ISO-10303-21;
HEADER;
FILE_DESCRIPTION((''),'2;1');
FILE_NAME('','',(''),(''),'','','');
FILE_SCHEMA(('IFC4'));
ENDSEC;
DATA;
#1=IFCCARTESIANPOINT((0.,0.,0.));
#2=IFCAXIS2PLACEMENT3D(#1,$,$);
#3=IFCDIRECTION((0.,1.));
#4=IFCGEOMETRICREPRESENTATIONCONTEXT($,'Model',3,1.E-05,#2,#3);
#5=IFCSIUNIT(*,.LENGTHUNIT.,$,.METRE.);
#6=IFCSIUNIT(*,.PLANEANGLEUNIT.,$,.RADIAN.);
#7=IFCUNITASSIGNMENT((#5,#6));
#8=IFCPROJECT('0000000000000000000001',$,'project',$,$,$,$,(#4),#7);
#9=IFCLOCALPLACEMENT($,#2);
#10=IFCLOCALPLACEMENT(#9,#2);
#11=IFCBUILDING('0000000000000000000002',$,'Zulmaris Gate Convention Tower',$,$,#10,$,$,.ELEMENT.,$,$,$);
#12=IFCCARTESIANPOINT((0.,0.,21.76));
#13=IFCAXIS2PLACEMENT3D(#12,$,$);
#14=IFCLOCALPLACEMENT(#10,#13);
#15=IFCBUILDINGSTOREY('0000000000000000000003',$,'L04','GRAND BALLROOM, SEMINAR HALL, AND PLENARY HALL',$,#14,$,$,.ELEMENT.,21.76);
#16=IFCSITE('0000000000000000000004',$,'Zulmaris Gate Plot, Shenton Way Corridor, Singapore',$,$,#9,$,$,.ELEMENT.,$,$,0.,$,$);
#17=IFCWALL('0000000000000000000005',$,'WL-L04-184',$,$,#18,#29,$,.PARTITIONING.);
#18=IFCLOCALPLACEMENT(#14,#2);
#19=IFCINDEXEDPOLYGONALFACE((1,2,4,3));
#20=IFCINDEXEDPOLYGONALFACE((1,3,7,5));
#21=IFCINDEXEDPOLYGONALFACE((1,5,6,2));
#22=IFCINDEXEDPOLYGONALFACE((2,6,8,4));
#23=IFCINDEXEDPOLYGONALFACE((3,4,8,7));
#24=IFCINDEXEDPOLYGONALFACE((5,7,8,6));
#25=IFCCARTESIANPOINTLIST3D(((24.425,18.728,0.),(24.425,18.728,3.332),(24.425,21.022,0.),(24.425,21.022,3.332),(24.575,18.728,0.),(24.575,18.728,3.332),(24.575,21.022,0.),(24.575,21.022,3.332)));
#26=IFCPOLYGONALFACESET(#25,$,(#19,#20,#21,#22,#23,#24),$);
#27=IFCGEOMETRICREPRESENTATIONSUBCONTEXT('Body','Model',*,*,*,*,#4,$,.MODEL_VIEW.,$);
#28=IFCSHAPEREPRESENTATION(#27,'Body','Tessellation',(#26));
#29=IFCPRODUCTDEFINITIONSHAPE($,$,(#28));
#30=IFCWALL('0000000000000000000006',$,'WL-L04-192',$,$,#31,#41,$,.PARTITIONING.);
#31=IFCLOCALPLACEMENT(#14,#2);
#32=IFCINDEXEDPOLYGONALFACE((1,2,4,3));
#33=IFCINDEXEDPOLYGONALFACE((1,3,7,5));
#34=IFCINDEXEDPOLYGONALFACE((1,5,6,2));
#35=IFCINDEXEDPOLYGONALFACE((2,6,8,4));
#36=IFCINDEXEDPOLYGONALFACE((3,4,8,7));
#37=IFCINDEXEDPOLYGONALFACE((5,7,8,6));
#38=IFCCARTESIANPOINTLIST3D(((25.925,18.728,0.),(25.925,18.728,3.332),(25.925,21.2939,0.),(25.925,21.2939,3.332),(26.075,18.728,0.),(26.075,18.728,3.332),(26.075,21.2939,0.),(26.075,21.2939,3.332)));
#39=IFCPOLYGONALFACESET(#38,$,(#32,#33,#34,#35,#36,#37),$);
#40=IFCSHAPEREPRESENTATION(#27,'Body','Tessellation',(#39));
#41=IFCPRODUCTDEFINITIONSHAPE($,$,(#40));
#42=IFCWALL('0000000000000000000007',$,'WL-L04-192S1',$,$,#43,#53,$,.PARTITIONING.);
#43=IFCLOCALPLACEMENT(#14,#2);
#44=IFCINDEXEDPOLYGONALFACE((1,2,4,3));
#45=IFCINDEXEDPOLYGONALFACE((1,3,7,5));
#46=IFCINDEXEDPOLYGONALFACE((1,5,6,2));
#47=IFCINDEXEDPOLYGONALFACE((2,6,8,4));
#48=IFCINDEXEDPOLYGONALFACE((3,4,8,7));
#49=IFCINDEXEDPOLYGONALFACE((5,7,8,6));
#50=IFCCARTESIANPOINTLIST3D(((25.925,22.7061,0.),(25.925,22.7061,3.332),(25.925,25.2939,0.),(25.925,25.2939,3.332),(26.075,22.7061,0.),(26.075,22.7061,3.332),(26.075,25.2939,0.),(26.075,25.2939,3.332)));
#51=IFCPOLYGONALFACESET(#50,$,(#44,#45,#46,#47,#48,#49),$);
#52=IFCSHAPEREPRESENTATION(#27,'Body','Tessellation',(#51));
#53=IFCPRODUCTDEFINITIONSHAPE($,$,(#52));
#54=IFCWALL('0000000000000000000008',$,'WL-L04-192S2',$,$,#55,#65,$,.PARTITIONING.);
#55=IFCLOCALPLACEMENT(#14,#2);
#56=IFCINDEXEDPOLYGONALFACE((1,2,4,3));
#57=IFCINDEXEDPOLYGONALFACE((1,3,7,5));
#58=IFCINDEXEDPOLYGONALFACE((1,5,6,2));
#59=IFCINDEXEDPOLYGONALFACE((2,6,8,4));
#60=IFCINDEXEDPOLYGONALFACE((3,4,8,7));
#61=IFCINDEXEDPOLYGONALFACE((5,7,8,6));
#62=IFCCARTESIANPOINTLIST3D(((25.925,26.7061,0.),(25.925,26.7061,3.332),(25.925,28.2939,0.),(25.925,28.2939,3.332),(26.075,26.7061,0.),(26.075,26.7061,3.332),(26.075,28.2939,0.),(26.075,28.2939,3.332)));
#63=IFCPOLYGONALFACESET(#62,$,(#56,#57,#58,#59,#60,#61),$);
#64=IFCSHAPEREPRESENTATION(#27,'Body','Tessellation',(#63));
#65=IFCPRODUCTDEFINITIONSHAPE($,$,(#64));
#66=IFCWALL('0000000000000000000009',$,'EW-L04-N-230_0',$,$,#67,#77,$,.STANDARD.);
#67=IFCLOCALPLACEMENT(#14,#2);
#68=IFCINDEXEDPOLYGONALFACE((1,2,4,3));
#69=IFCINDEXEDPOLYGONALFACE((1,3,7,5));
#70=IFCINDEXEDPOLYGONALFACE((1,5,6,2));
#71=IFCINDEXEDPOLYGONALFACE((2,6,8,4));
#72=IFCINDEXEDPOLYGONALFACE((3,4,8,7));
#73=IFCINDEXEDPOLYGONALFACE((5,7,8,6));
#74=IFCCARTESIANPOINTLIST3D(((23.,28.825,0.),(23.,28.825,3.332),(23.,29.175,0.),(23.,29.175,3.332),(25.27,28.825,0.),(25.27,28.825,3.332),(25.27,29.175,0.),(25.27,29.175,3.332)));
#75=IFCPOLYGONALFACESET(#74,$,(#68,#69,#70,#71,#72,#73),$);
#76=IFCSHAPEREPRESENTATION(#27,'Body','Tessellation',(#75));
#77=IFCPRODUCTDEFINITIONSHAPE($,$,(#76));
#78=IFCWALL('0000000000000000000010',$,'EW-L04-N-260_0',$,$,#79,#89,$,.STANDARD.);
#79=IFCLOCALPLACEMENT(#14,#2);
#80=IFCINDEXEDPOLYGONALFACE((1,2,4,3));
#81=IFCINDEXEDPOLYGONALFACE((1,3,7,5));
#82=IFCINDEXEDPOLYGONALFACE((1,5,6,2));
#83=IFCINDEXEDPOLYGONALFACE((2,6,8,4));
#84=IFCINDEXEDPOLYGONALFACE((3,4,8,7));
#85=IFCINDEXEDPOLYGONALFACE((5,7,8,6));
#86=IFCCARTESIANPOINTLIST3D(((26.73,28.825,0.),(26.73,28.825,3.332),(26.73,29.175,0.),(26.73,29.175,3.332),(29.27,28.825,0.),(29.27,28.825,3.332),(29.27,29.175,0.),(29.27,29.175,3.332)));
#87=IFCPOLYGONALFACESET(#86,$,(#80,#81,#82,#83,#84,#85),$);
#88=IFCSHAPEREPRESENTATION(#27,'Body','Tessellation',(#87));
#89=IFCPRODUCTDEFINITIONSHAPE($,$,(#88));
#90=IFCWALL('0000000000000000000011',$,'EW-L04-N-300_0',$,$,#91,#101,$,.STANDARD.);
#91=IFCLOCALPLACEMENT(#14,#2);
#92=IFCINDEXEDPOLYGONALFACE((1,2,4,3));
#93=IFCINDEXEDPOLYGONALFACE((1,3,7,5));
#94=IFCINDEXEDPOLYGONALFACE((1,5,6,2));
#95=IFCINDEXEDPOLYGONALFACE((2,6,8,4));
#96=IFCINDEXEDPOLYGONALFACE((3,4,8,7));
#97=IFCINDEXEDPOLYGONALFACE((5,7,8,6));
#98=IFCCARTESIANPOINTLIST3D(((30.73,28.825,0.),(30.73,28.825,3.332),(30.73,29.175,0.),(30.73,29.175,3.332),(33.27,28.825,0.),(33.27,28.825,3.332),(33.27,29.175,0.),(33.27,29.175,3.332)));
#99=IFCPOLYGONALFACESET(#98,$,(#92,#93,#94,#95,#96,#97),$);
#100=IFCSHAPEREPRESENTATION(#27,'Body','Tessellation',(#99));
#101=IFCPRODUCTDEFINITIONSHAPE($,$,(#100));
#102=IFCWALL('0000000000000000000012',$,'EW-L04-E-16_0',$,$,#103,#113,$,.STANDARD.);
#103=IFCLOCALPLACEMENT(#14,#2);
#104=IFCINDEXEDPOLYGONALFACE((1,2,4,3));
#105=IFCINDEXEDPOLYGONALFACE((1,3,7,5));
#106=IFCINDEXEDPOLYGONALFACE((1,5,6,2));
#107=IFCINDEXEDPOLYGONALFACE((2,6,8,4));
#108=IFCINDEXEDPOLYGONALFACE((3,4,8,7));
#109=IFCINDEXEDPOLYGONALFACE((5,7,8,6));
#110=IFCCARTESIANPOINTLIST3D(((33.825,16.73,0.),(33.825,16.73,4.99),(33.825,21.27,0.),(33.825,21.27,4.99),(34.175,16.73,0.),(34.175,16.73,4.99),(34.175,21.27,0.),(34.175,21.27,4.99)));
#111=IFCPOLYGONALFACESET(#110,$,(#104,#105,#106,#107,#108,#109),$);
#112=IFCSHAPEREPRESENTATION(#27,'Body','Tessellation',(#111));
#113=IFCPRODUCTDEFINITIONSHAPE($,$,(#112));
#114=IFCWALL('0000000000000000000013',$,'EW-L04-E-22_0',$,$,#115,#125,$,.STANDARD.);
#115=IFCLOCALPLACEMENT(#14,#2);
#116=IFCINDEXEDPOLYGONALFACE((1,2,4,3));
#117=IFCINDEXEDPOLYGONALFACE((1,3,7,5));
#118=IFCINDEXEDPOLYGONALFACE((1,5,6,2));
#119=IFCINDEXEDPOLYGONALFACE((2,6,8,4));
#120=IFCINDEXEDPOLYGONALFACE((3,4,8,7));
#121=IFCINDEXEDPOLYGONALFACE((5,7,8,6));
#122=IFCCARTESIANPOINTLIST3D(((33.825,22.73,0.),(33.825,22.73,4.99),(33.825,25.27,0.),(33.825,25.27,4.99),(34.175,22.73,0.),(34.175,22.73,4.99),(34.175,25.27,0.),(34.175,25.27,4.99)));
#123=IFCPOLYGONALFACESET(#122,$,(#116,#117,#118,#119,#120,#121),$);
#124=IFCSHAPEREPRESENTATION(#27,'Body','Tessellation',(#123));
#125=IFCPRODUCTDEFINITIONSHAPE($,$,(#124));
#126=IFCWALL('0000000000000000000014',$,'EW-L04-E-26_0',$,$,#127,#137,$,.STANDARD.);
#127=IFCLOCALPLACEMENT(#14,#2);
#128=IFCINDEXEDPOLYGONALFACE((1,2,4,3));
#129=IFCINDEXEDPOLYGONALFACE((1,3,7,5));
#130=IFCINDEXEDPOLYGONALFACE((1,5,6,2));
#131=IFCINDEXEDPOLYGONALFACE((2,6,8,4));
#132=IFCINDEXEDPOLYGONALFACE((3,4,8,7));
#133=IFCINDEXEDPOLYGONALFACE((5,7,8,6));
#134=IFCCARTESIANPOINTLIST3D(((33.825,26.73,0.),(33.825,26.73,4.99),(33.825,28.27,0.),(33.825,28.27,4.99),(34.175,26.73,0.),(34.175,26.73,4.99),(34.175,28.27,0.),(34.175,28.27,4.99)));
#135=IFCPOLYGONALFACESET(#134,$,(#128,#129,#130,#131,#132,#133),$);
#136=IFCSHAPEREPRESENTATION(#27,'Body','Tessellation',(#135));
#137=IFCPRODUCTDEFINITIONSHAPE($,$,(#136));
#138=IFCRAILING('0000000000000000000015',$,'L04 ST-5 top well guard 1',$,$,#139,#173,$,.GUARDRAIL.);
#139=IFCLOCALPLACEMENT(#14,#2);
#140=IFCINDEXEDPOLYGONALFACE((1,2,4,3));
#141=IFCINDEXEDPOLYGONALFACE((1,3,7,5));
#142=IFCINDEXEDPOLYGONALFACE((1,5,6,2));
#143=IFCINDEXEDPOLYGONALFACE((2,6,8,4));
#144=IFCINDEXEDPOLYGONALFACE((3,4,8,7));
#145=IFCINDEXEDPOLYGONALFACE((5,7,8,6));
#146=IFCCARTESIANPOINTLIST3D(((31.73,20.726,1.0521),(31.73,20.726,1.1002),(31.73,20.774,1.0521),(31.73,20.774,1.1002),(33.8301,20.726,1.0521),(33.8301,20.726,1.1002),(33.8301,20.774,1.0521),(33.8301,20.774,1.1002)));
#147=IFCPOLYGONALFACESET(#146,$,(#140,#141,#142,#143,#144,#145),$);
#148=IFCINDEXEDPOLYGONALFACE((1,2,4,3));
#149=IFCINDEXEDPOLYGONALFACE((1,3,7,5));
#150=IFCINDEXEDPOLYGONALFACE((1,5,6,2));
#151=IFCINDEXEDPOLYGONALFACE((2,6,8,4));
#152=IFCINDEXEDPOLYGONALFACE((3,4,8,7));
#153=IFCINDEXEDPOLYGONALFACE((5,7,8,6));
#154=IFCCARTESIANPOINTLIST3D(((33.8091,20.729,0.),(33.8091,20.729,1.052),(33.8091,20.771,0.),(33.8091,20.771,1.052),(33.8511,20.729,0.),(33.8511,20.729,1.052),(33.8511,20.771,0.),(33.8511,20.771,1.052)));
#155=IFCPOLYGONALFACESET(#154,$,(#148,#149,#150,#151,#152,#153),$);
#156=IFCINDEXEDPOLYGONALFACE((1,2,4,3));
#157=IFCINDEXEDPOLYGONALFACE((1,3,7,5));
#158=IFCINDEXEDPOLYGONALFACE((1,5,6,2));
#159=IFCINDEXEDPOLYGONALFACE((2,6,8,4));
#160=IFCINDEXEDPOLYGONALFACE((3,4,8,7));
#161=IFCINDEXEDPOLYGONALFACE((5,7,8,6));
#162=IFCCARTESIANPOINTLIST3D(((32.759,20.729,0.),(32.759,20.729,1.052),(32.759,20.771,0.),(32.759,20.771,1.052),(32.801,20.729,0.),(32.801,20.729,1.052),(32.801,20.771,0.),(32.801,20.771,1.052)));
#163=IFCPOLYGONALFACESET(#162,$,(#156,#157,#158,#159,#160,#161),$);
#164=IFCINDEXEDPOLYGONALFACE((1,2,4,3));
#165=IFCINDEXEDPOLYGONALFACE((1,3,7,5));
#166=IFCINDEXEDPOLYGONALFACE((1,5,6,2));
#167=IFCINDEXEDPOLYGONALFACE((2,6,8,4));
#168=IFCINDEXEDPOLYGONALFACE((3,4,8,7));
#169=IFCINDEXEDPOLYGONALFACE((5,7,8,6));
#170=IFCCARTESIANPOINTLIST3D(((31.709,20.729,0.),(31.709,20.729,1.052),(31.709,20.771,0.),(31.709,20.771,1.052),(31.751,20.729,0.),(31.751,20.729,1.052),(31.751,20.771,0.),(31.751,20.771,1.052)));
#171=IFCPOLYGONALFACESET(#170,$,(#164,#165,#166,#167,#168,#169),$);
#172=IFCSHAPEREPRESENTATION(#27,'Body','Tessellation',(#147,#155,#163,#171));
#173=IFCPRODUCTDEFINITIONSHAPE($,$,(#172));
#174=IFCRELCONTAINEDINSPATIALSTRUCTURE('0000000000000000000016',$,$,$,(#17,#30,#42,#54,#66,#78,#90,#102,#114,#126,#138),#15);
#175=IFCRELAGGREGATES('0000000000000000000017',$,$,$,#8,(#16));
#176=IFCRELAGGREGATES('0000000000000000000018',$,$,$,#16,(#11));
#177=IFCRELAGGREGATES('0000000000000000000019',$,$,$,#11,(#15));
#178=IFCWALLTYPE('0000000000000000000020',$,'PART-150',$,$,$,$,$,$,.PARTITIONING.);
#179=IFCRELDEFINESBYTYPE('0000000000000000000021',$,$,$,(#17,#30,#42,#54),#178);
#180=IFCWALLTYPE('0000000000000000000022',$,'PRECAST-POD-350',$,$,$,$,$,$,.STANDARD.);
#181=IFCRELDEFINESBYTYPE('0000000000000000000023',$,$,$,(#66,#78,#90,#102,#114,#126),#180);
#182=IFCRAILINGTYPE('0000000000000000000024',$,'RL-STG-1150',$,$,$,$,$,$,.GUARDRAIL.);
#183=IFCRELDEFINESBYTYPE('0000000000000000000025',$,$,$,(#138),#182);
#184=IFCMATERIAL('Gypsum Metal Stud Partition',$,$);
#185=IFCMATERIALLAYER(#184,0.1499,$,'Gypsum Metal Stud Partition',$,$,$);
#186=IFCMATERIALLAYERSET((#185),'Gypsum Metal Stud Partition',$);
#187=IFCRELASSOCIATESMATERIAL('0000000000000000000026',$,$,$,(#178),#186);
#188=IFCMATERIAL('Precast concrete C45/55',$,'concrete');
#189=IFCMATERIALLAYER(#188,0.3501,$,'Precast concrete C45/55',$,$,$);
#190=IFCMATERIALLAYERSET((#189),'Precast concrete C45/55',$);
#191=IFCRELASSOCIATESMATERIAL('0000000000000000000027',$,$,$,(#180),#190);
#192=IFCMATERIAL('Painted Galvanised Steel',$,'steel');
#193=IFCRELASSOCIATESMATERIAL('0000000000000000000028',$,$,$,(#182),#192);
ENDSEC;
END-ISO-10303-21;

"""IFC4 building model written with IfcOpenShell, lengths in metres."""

from ifc_helpers import new_model, si_unit, direction, frame, frame_2d, origin, origin_2d, place, context, subcontext, project, spatial, rectangle, extrude, material, layer, layer_set, type_object, element, save


model = new_model("IFC4")

# Units and contexts
model_context = context("Model", 3, precision=1e-05, world=origin(), true_north=direction((0.0, 1.0)))
body_context = subcontext(model_context, "Body", "Model", "MODEL_VIEW")
ifc_project = project(units=[si_unit("LENGTHUNIT", "METRE"), si_unit("PLANEANGLEUNIT", "RADIAN")], contexts=[model_context])

# Site, building, storey
site_placement = place(None, origin())
site = spatial("IfcSite", under=ifc_project, at=site_placement, Name="Zulmaris Gate Plot, Shenton Way Corridor, Singapore", CompositionType="ELEMENT", RefElevation=0.0)
building_placement = place(site_placement, origin())
building = spatial("IfcBuilding", under=site, at=building_placement, Name="Zulmaris Gate Convention Tower", CompositionType="ELEMENT")
storey_placement = place(building_placement, frame((0.0, 0.0, 21.76)))
storey = spatial("IfcBuildingStorey", under=building, at=storey_placement, Name="L04", Description="GRAND BALLROOM, SEMINAR HALL, AND PLENARY HALL", CompositionType="ELEMENT", Elevation=21.76)

# Walls
ifc_material_1 = material(Name="Gypsum Metal Stud Partition")
ifc_layer_1 = layer(ifc_material_1, 0.1499, Name="Gypsum Metal Stud Partition")
ifc_layer_set_1 = layer_set([ifc_layer_1], Name="Gypsum Metal Stud Partition")
wall_type_1 = type_object("IfcWallType", Name="PART-150", PredefinedType="PARTITIONING", material=ifc_layer_set_1)
wall_1_placement = place(storey_placement, frame((24.5, 18.728, 0.0), z_axis=(0.0, 0.0, 1.0), x_axis=(0.0, 1.0, 0.0)))
element("IfcWall", 1, at=wall_1_placement, inside=storey, type_object=wall_type_1, Name="WL-L04-184", PredefinedType="PARTITIONING", context=body_context, shape_type="SweptSolid", body=[
    extrude(rectangle(XDim=2.2939, YDim=0.1499, at=frame_2d((1.147, 0.0))), origin(), (0.0, 0.0, 1.0), 3.332),
])
wall_2_placement = place(storey_placement, frame((26.0, 18.728, 0.0), z_axis=(0.0, 0.0, 1.0), x_axis=(0.0, 1.0, 0.0)))
element("IfcWall", 2, at=wall_2_placement, inside=storey, type_object=wall_type_1, Name="WL-L04-192", PredefinedType="PARTITIONING", context=body_context, shape_type="SweptSolid", body=[
    extrude(rectangle(XDim=2.5659, YDim=0.1499, at=frame_2d((1.283, 0.0))), origin(), (0.0, 0.0, 1.0), 3.332),
])
wall_3_placement = place(storey_placement, frame((26.0, 22.7061, 0.0), z_axis=(0.0, 0.0, 1.0), x_axis=(0.0, 1.0, 0.0)))
element("IfcWall", 3, at=wall_3_placement, inside=storey, type_object=wall_type_1, Name="WL-L04-192S1", PredefinedType="PARTITIONING", context=body_context, shape_type="SweptSolid", body=[
    extrude(rectangle(XDim=2.5879, YDim=0.1499, at=frame_2d((1.2939, 0.0))), origin(), (0.0, 0.0, 1.0), 3.332),
])
wall_4_placement = place(storey_placement, frame((26.0, 26.7061, 0.0), z_axis=(0.0, 0.0, 1.0), x_axis=(0.0, 1.0, 0.0)))
element("IfcWall", 4, at=wall_4_placement, inside=storey, type_object=wall_type_1, Name="WL-L04-192S2", PredefinedType="PARTITIONING", context=body_context, shape_type="SweptSolid", body=[
    extrude(rectangle(XDim=1.5879, YDim=0.1499, at=frame_2d((0.7939, 0.0))), origin(), (0.0, 0.0, 1.0), 3.332),
])
ifc_material_2 = material(Name="Precast concrete C45/55", Category="concrete")
ifc_layer_2 = layer(ifc_material_2, 0.3501, Name="Precast concrete C45/55")
ifc_layer_set_2 = layer_set([ifc_layer_2], Name="Precast concrete C45/55")
wall_type_2 = type_object("IfcWallType", Name="PRECAST-POD-350", PredefinedType="STANDARD", material=ifc_layer_set_2)
wall_5_placement = place(storey_placement, frame((25.27, 29.0, 0.0), z_axis=(0.0, 0.0, 1.0), x_axis=(-1.0, 0.0, 0.0)))
element("IfcWall", 5, at=wall_5_placement, inside=storey, type_object=wall_type_2, Name="EW-L04-N-230_0", PredefinedType="STANDARD", context=body_context, shape_type="SweptSolid", body=[
    extrude(rectangle(XDim=2.27, YDim=0.3501, at=frame_2d((1.135, 0.0))), origin(), (0.0, 0.0, 1.0), 3.332),
])
for number, where, z_axis, x_axis, name in (
    (6, (29.27, 29.0, 0.0), (0.0, 0.0, 1.0), (-1.0, 0.0, 0.0), "EW-L04-N-260_0"),
    (7, (33.27, 29.0, 0.0), (0.0, 0.0, 1.0), (-1.0, 0.0, 0.0), "EW-L04-N-300_0"),
):
    element("IfcWall", number, at=place(storey_placement, frame(where, z_axis=z_axis, x_axis=x_axis)), inside=storey, type_object=wall_type_2, Name=name, PredefinedType="STANDARD", context=body_context, shape_type="SweptSolid", body=[
        extrude(rectangle(XDim=2.54, YDim=0.3501, at=frame_2d((1.27, 0.0))), origin(), (0.0, 0.0, 1.0), 3.332),
    ])
wall_6_placement = place(storey_placement, frame((34.0, 21.27, 0.0), z_axis=(0.0, 0.0, 1.0), x_axis=(0.0, -1.0, 0.0)))
element("IfcWall", 8, at=wall_6_placement, inside=storey, type_object=wall_type_2, Name="EW-L04-E-16_0", PredefinedType="STANDARD", context=body_context, shape_type="SweptSolid", body=[
    extrude(rectangle(XDim=4.54, YDim=0.3501, at=frame_2d((2.27, 0.0))), origin(), (0.0, 0.0, 1.0), 4.99),
])
wall_7_placement = place(storey_placement, frame((34.0, 25.27, 0.0), z_axis=(0.0, 0.0, 1.0), x_axis=(0.0, -1.0, 0.0)))
element("IfcWall", 9, at=wall_7_placement, inside=storey, type_object=wall_type_2, Name="EW-L04-E-22_0", PredefinedType="STANDARD", context=body_context, shape_type="SweptSolid", body=[
    extrude(rectangle(XDim=2.54, YDim=0.3501, at=frame_2d((1.27, 0.0))), origin(), (0.0, 0.0, 1.0), 4.99),
])
wall_8_placement = place(storey_placement, frame((34.0, 28.27, 0.0), z_axis=(0.0, 0.0, 1.0), x_axis=(0.0, -1.0, 0.0)))
element("IfcWall", 10, at=wall_8_placement, inside=storey, type_object=wall_type_2, Name="EW-L04-E-26_0", PredefinedType="STANDARD", context=body_context, shape_type="SweptSolid", body=[
    extrude(rectangle(XDim=1.54, YDim=0.3501, at=frame_2d((0.77, 0.0))), origin(), (0.0, 0.0, 1.0), 4.99),
])

# Railing
ifc_material_3 = material(Name="Painted Galvanised Steel", Category="steel")
railing_type = type_object("IfcRailingType", Name="RL-STG-1150", PredefinedType="GUARDRAIL", material=ifc_material_3)
railing_placement = place(storey_placement, frame((33.8301, 20.75, 0.0)))
element("IfcRailing", 11, at=railing_placement, inside=storey, type_object=railing_type, Name="L04 ST-5 top well guard 1", PredefinedType="GUARDRAIL", context=body_context, shape_type="SweptSolid", body=[
    extrude(rectangle(XDim=0.0481, YDim=0.0481, at=origin_2d()), frame((0.0, 0.0, 1.0762), z_axis=(-1.0, 0.0, 0.0), x_axis=(0.0, -1.0, 0.0)), (0.0, 0.0, 1.0), 2.1001),
    extrude(rectangle(XDim=0.042, YDim=0.042, at=origin_2d()), origin(), (0.0, 0.0, 1.0), 1.052),
    extrude(rectangle(XDim=0.042, YDim=0.042, at=origin_2d()), frame((-1.05, 0.0, 0.0)), (0.0, 0.0, 1.0), 1.052),
    extrude(rectangle(XDim=0.042, YDim=0.042, at=origin_2d()), frame((-2.1001, 0.0, 0.0)), (0.0, 0.0, 1.0), 1.052),
])

save(model, "model.ifc")
